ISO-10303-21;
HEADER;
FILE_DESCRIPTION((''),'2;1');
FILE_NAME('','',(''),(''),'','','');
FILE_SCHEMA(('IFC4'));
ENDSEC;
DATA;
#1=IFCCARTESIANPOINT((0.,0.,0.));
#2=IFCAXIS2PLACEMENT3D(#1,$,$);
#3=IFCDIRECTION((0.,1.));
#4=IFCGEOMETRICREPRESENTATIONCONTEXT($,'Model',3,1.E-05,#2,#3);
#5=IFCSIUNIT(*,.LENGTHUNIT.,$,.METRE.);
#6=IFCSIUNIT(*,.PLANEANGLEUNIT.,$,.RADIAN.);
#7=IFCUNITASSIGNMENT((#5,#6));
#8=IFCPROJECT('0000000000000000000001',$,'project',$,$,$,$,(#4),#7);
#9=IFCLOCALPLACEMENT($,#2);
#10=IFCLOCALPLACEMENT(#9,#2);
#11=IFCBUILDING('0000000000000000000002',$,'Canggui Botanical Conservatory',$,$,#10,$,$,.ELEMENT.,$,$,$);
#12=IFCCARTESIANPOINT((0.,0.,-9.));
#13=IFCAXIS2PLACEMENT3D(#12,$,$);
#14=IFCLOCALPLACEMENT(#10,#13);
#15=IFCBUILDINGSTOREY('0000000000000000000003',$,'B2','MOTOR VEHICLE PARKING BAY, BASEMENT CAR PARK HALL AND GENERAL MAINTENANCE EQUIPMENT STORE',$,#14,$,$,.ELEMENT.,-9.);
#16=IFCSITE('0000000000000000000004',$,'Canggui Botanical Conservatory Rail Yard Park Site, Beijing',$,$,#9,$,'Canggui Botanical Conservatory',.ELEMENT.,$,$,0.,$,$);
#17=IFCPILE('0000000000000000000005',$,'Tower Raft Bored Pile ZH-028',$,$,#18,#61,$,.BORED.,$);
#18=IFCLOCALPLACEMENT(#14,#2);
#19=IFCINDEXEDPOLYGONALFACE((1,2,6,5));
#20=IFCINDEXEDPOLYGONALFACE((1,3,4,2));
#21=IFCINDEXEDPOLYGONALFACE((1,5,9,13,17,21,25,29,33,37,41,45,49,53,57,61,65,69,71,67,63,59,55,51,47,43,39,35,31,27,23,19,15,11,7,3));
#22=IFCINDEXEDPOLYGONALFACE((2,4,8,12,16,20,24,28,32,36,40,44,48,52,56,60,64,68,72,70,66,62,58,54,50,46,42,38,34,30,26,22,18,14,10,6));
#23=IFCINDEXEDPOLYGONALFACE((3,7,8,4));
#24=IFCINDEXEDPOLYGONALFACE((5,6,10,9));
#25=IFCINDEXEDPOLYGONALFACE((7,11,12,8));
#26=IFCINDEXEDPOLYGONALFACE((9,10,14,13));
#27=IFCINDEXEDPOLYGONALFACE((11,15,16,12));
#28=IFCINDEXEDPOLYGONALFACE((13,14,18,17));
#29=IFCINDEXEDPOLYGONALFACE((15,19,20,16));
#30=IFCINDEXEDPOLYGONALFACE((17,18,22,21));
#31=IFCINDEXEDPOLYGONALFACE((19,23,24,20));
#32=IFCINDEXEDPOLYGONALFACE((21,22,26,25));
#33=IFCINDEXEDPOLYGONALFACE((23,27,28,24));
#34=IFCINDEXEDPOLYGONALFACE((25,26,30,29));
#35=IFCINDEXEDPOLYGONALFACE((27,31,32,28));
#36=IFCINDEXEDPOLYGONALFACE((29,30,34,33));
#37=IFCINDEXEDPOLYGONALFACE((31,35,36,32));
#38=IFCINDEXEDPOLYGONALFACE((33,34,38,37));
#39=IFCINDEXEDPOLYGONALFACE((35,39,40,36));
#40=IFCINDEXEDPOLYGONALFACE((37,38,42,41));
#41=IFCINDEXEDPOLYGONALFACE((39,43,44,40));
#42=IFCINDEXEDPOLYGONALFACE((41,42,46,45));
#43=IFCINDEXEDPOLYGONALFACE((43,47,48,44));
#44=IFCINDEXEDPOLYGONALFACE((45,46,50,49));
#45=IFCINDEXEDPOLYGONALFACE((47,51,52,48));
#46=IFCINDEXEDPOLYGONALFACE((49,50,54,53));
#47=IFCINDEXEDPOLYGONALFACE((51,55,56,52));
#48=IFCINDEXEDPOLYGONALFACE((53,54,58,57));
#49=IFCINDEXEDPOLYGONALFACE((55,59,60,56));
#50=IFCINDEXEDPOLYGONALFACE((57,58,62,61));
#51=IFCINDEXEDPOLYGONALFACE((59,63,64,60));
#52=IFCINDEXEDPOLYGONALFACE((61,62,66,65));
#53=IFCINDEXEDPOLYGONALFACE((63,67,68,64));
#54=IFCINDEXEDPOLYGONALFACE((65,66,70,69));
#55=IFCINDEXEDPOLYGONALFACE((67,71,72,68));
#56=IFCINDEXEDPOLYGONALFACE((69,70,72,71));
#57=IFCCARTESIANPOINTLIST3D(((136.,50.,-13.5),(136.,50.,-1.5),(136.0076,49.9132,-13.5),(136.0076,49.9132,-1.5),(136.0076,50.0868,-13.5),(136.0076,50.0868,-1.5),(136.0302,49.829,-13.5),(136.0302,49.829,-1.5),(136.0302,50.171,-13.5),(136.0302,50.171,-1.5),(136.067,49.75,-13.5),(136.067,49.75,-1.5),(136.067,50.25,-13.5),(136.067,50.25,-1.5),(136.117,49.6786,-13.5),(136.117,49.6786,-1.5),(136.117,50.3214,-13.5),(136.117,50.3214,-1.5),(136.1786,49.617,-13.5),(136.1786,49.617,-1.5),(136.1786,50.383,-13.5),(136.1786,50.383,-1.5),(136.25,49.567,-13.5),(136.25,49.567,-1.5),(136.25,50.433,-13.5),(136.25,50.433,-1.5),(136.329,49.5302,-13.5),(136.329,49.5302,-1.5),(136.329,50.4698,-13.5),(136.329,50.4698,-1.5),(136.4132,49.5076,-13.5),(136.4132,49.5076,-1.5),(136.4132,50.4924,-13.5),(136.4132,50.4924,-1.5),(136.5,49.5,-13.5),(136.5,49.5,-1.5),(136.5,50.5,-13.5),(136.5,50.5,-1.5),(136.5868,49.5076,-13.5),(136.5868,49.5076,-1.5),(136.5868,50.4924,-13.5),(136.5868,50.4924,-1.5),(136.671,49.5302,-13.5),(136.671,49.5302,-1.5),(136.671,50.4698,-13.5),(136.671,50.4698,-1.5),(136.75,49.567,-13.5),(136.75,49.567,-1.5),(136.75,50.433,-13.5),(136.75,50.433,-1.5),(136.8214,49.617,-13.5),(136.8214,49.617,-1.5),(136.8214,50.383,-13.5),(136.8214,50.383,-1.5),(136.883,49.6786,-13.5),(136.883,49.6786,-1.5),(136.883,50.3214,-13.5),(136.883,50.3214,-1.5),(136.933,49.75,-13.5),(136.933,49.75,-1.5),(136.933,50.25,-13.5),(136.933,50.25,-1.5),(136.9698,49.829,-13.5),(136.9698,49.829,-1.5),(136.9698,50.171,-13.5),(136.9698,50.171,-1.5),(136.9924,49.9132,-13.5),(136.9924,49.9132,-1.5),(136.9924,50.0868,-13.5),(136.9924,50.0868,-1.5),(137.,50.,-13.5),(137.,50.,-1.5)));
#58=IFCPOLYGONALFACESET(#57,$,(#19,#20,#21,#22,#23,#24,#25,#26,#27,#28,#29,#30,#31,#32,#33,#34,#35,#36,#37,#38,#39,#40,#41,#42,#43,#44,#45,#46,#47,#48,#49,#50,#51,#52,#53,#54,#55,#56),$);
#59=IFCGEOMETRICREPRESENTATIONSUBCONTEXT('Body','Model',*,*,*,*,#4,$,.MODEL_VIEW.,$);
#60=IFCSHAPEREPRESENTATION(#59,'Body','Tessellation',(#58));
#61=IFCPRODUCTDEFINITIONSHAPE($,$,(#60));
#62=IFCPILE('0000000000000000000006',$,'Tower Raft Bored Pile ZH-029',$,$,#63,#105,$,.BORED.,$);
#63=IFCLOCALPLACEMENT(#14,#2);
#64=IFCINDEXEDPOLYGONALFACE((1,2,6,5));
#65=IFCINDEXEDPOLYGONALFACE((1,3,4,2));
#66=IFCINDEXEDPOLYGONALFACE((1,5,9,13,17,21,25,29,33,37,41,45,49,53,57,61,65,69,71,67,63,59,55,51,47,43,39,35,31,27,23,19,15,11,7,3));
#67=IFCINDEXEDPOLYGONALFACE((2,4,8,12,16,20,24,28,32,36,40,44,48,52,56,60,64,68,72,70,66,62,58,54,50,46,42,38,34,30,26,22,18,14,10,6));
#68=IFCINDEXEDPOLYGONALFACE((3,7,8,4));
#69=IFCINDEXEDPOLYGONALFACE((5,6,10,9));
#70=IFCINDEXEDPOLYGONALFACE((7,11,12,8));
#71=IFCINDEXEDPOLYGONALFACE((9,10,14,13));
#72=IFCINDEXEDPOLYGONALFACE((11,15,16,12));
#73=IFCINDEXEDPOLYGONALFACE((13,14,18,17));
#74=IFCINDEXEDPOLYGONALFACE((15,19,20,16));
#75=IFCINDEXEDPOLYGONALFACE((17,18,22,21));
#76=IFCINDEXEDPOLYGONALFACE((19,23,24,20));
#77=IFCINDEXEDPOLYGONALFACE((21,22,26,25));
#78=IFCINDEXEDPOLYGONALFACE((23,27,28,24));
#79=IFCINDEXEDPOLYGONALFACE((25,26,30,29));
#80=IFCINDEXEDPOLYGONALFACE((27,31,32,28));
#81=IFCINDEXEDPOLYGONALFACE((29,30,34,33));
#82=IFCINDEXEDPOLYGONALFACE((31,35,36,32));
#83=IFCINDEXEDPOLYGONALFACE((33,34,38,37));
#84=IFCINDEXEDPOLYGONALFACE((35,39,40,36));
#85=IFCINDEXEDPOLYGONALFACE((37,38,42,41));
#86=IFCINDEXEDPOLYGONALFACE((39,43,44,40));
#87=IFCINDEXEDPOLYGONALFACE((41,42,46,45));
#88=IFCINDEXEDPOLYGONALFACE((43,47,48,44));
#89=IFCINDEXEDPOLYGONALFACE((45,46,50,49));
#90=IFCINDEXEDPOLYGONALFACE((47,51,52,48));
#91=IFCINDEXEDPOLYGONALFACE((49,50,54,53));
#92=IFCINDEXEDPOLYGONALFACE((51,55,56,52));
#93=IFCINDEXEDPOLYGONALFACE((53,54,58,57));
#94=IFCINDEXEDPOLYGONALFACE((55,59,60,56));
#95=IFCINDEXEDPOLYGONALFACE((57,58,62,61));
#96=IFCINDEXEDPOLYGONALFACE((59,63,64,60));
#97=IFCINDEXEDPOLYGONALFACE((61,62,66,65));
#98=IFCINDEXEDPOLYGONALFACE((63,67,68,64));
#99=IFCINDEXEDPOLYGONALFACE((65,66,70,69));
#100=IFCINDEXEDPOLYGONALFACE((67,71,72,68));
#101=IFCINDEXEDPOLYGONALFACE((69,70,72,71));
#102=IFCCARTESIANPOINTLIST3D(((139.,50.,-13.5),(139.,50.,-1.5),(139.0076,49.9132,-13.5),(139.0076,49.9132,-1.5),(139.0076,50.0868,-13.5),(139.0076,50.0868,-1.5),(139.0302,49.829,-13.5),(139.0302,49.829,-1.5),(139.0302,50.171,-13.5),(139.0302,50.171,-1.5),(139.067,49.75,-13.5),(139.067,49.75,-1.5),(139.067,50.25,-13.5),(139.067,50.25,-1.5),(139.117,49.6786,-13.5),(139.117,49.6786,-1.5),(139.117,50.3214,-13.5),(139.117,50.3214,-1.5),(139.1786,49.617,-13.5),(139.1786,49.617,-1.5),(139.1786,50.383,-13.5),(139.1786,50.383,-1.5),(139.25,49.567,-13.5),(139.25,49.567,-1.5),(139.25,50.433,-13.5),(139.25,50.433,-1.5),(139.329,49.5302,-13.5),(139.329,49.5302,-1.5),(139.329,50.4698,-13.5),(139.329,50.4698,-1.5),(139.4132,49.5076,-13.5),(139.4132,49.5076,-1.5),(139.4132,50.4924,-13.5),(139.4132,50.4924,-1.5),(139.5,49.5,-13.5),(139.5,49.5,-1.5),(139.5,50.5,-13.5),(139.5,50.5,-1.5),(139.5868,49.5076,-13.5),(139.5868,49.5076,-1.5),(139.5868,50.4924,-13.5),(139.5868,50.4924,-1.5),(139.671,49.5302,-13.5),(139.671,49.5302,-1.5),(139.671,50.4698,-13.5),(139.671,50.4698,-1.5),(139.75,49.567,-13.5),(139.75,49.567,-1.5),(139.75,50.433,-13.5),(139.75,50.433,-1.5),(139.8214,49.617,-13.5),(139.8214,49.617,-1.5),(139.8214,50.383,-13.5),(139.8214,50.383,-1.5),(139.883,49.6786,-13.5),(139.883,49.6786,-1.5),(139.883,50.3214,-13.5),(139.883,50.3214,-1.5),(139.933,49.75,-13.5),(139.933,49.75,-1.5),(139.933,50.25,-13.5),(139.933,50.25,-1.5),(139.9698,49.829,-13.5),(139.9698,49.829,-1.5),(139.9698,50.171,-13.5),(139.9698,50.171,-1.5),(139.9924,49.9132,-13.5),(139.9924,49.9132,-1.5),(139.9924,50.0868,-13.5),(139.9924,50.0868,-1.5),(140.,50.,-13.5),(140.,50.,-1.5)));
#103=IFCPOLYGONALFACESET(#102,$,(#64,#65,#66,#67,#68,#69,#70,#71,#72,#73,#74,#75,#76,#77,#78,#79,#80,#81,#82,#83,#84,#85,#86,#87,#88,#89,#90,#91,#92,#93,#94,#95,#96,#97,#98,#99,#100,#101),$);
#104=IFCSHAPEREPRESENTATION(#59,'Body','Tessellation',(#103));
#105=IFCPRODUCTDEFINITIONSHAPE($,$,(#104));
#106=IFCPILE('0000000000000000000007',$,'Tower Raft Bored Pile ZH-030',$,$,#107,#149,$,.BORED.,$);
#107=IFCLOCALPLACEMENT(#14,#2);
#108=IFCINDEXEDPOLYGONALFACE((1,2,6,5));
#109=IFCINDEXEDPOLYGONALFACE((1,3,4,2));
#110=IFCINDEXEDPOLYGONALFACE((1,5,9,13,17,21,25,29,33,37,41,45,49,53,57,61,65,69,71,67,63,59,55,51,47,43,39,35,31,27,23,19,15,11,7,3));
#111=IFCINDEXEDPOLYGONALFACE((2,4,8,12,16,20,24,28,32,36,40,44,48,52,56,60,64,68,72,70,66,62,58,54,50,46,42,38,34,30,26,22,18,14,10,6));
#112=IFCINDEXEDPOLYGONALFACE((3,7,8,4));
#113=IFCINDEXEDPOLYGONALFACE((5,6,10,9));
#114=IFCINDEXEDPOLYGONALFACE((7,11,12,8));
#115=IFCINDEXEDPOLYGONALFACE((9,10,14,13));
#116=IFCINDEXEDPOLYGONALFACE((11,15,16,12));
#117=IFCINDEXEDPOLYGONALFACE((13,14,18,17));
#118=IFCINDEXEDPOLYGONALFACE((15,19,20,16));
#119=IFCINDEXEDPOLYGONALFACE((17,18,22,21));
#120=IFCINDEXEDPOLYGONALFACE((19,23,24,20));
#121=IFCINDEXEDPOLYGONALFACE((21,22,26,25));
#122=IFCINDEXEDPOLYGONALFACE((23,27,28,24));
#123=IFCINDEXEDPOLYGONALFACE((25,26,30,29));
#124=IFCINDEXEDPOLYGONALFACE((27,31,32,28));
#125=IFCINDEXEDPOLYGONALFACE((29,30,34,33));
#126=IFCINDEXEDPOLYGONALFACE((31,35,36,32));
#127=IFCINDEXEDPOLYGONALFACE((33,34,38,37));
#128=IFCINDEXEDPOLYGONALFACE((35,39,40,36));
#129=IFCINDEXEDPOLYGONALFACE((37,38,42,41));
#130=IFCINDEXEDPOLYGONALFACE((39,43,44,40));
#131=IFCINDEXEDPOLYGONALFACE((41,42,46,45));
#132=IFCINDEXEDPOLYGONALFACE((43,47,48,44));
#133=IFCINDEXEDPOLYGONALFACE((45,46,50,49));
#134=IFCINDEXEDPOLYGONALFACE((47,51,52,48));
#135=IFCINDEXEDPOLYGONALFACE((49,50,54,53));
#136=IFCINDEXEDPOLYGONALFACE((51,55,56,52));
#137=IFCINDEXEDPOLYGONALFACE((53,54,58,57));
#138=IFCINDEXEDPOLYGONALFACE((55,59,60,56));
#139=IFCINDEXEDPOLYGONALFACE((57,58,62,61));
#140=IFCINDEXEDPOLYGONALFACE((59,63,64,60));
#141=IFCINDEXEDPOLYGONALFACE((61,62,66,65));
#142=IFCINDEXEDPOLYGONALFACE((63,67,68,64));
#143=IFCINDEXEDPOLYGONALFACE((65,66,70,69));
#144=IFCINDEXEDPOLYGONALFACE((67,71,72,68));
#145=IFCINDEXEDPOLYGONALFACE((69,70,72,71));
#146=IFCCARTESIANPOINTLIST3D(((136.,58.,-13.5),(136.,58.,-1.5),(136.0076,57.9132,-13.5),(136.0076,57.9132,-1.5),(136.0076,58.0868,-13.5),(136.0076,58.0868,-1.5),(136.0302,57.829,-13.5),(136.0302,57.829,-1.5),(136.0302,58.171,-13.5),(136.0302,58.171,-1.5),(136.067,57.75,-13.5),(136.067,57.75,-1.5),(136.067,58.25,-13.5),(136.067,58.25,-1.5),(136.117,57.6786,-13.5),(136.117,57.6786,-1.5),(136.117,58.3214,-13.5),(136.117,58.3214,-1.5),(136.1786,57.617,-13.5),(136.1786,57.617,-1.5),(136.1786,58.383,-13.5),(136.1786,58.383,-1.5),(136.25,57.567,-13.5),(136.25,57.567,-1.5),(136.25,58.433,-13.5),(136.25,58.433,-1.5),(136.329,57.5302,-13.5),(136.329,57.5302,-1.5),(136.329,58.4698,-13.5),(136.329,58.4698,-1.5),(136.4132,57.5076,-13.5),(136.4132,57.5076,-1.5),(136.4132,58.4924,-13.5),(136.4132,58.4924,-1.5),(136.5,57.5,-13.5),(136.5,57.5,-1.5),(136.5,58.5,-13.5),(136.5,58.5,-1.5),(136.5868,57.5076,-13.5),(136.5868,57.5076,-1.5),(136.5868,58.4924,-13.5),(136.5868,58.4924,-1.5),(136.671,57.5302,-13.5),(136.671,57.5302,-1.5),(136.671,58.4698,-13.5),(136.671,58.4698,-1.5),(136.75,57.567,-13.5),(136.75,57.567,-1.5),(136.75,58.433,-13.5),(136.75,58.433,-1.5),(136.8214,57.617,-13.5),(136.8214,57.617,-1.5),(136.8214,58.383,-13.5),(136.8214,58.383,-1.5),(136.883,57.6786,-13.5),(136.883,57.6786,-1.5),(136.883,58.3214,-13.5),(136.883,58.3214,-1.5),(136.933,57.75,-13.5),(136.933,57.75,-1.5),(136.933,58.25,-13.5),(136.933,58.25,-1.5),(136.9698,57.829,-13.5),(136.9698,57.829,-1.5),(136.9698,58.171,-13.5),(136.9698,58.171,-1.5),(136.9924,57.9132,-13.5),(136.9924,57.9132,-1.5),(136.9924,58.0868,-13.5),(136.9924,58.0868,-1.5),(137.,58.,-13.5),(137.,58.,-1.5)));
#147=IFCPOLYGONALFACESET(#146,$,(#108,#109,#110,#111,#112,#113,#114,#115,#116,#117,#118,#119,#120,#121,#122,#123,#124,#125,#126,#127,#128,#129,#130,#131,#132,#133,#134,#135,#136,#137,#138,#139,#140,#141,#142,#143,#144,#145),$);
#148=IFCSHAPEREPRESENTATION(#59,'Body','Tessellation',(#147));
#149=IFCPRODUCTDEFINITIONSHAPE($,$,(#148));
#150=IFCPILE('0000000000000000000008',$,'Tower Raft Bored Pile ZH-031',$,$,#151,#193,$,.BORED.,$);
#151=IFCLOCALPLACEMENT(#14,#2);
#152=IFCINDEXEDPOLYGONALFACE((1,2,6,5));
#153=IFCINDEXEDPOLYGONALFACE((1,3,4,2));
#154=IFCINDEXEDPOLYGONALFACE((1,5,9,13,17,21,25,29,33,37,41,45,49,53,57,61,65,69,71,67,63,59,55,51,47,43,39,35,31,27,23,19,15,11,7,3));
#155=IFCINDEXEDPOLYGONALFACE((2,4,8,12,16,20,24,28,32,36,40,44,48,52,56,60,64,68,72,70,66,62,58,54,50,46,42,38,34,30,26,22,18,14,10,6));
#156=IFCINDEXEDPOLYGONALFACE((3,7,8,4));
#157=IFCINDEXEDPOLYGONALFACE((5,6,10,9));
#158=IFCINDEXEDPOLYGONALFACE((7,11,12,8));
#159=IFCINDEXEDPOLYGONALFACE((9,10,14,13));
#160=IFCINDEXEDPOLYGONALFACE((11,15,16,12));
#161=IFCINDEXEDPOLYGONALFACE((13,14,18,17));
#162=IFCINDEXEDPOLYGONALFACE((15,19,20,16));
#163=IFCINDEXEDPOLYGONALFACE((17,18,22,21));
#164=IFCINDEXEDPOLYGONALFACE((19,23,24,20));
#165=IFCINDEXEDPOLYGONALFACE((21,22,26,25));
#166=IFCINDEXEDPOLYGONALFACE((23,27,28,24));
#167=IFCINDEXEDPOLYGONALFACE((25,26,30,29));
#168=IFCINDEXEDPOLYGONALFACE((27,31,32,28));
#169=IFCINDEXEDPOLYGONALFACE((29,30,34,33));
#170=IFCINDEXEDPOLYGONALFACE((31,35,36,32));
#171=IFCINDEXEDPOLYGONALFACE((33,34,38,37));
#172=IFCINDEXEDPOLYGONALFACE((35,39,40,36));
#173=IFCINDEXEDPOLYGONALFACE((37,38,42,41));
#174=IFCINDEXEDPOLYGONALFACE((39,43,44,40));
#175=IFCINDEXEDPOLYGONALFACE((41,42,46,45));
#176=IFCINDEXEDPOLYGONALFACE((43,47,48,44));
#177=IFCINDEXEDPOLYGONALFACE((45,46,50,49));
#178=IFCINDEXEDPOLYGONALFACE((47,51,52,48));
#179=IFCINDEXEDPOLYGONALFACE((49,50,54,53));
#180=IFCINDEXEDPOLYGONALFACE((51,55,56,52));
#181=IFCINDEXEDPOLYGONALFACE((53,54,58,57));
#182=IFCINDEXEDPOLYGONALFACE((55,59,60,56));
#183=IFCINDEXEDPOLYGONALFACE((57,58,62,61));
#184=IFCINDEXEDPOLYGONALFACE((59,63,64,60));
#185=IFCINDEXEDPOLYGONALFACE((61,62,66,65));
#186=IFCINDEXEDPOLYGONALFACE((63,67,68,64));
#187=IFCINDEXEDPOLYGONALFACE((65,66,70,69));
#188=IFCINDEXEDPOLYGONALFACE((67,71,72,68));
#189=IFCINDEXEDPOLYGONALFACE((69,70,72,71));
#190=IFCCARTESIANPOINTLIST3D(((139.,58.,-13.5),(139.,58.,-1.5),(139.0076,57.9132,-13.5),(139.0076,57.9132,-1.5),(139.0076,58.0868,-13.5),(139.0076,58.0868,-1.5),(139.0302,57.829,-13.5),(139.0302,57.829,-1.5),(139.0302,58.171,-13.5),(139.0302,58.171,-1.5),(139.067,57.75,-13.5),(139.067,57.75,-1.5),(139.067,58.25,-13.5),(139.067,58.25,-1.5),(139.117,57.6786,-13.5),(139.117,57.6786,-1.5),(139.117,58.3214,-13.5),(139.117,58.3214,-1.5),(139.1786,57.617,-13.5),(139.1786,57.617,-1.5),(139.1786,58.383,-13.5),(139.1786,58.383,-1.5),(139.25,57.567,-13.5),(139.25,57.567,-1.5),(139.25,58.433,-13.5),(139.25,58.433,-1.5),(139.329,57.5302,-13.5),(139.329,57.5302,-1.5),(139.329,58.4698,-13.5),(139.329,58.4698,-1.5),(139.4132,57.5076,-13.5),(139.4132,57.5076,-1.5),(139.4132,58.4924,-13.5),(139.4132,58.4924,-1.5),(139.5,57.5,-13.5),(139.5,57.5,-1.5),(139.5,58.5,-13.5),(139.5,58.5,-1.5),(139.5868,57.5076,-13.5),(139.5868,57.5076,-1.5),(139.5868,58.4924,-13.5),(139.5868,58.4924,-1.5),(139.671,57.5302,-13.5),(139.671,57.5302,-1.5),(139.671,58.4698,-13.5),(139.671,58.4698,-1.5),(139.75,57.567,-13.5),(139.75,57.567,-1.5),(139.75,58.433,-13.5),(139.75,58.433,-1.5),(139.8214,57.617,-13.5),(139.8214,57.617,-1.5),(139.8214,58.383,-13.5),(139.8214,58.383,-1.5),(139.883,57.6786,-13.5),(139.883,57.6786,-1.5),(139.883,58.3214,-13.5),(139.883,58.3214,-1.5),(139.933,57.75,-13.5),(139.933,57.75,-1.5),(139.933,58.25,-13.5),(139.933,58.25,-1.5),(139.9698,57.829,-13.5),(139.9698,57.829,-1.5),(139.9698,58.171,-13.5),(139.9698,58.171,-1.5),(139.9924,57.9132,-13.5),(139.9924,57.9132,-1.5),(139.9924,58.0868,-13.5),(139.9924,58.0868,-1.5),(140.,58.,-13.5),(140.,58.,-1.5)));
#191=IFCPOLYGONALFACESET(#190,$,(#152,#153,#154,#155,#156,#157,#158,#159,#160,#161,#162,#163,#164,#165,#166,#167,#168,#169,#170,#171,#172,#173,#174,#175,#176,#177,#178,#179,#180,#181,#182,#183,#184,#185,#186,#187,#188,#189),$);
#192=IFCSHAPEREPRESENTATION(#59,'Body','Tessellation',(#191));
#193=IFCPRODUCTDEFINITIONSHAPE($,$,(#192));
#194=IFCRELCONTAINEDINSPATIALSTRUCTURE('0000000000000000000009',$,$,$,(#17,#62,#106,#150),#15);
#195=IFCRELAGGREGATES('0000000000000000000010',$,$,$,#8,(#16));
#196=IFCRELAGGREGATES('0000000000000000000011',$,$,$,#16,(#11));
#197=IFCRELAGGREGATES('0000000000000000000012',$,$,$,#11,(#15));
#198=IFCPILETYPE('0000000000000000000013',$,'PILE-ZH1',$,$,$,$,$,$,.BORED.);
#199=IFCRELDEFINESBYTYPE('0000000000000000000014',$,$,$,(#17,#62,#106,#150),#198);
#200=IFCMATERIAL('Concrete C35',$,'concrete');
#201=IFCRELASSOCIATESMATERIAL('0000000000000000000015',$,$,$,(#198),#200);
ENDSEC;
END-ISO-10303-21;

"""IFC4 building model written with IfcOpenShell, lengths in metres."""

from ifc_helpers import new_model, si_unit, direction, frame, origin, origin_2d, place, context, subcontext, project, spatial, circle, extrude, material, material_profile, profile_set, type_object, element, save


model = new_model("IFC4")

# Units and contexts
model_context = context("Model", 3, precision=1e-05, world=origin(), true_north=direction((0.0, 1.0)))
body_context = subcontext(model_context, "Body", "Model", "MODEL_VIEW")
ifc_project = project(units=[si_unit("LENGTHUNIT", "METRE"), si_unit("PLANEANGLEUNIT", "RADIAN")], contexts=[model_context])

# Site, building, storey
site_placement = place(None, origin())
site = spatial("IfcSite", under=ifc_project, at=site_placement, Name="Canggui Botanical Conservatory Rail Yard Park Site, Beijing", LongName="Canggui Botanical Conservatory", CompositionType="ELEMENT", RefElevation=0.0)
building_placement = place(site_placement, origin())
building = spatial("IfcBuilding", under=site, at=building_placement, Name="Canggui Botanical Conservatory", CompositionType="ELEMENT")
storey_placement = place(building_placement, frame((0.0, 0.0, -9.0)))
storey = spatial("IfcBuildingStorey", under=building, at=storey_placement, Name="B2", Description="MOTOR VEHICLE PARKING BAY, BASEMENT CAR PARK HALL AND GENERAL MAINTENANCE EQUIPMENT STORE", CompositionType="ELEMENT", Elevation=-9.0)

# Piles
ifc_material_1 = material(Name="Concrete C35", Category="concrete")
ifc_material_profile_1 = material_profile(ifc_material_1, circle(Radius=0.5, at=origin_2d()), Name="PILE D1000")
ifc_profile_set_1 = profile_set([ifc_material_profile_1], Name="Concrete C35")
pile_type = type_object("IfcPileType", Name="PILE-ZH1", PredefinedType="BORED", material=ifc_profile_set_1)
for number, where, z_axis, x_axis, name in (
    (1, (136.5, 50.0, -1.5), (0.0, 0.0, -1.0), (1.0, 0.0, 0.0), "Tower Raft Bored Pile ZH-028"),
    (2, (139.5, 50.0, -1.5), (0.0, 0.0, -1.0), (1.0, 0.0, 0.0), "Tower Raft Bored Pile ZH-029"),
    (3, (136.5, 58.0, -1.5), (0.0, 0.0, -1.0), (1.0, 0.0, 0.0), "Tower Raft Bored Pile ZH-030"),
    (4, (139.5, 58.0, -1.5), (0.0, 0.0, -1.0), (1.0, 0.0, 0.0), "Tower Raft Bored Pile ZH-031"),
):
    element("IfcPile", number, at=place(storey_placement, frame(where, z_axis=z_axis, x_axis=x_axis)), inside=storey, type_object=pile_type, Name=name, PredefinedType="BORED", context=body_context, shape_type="SweptSolid", body=[
        extrude(circle(Radius=0.5, at=origin_2d()), origin(), (0.0, 0.0, 1.0), 12.0),
    ])

save(model, "model.ifc")
